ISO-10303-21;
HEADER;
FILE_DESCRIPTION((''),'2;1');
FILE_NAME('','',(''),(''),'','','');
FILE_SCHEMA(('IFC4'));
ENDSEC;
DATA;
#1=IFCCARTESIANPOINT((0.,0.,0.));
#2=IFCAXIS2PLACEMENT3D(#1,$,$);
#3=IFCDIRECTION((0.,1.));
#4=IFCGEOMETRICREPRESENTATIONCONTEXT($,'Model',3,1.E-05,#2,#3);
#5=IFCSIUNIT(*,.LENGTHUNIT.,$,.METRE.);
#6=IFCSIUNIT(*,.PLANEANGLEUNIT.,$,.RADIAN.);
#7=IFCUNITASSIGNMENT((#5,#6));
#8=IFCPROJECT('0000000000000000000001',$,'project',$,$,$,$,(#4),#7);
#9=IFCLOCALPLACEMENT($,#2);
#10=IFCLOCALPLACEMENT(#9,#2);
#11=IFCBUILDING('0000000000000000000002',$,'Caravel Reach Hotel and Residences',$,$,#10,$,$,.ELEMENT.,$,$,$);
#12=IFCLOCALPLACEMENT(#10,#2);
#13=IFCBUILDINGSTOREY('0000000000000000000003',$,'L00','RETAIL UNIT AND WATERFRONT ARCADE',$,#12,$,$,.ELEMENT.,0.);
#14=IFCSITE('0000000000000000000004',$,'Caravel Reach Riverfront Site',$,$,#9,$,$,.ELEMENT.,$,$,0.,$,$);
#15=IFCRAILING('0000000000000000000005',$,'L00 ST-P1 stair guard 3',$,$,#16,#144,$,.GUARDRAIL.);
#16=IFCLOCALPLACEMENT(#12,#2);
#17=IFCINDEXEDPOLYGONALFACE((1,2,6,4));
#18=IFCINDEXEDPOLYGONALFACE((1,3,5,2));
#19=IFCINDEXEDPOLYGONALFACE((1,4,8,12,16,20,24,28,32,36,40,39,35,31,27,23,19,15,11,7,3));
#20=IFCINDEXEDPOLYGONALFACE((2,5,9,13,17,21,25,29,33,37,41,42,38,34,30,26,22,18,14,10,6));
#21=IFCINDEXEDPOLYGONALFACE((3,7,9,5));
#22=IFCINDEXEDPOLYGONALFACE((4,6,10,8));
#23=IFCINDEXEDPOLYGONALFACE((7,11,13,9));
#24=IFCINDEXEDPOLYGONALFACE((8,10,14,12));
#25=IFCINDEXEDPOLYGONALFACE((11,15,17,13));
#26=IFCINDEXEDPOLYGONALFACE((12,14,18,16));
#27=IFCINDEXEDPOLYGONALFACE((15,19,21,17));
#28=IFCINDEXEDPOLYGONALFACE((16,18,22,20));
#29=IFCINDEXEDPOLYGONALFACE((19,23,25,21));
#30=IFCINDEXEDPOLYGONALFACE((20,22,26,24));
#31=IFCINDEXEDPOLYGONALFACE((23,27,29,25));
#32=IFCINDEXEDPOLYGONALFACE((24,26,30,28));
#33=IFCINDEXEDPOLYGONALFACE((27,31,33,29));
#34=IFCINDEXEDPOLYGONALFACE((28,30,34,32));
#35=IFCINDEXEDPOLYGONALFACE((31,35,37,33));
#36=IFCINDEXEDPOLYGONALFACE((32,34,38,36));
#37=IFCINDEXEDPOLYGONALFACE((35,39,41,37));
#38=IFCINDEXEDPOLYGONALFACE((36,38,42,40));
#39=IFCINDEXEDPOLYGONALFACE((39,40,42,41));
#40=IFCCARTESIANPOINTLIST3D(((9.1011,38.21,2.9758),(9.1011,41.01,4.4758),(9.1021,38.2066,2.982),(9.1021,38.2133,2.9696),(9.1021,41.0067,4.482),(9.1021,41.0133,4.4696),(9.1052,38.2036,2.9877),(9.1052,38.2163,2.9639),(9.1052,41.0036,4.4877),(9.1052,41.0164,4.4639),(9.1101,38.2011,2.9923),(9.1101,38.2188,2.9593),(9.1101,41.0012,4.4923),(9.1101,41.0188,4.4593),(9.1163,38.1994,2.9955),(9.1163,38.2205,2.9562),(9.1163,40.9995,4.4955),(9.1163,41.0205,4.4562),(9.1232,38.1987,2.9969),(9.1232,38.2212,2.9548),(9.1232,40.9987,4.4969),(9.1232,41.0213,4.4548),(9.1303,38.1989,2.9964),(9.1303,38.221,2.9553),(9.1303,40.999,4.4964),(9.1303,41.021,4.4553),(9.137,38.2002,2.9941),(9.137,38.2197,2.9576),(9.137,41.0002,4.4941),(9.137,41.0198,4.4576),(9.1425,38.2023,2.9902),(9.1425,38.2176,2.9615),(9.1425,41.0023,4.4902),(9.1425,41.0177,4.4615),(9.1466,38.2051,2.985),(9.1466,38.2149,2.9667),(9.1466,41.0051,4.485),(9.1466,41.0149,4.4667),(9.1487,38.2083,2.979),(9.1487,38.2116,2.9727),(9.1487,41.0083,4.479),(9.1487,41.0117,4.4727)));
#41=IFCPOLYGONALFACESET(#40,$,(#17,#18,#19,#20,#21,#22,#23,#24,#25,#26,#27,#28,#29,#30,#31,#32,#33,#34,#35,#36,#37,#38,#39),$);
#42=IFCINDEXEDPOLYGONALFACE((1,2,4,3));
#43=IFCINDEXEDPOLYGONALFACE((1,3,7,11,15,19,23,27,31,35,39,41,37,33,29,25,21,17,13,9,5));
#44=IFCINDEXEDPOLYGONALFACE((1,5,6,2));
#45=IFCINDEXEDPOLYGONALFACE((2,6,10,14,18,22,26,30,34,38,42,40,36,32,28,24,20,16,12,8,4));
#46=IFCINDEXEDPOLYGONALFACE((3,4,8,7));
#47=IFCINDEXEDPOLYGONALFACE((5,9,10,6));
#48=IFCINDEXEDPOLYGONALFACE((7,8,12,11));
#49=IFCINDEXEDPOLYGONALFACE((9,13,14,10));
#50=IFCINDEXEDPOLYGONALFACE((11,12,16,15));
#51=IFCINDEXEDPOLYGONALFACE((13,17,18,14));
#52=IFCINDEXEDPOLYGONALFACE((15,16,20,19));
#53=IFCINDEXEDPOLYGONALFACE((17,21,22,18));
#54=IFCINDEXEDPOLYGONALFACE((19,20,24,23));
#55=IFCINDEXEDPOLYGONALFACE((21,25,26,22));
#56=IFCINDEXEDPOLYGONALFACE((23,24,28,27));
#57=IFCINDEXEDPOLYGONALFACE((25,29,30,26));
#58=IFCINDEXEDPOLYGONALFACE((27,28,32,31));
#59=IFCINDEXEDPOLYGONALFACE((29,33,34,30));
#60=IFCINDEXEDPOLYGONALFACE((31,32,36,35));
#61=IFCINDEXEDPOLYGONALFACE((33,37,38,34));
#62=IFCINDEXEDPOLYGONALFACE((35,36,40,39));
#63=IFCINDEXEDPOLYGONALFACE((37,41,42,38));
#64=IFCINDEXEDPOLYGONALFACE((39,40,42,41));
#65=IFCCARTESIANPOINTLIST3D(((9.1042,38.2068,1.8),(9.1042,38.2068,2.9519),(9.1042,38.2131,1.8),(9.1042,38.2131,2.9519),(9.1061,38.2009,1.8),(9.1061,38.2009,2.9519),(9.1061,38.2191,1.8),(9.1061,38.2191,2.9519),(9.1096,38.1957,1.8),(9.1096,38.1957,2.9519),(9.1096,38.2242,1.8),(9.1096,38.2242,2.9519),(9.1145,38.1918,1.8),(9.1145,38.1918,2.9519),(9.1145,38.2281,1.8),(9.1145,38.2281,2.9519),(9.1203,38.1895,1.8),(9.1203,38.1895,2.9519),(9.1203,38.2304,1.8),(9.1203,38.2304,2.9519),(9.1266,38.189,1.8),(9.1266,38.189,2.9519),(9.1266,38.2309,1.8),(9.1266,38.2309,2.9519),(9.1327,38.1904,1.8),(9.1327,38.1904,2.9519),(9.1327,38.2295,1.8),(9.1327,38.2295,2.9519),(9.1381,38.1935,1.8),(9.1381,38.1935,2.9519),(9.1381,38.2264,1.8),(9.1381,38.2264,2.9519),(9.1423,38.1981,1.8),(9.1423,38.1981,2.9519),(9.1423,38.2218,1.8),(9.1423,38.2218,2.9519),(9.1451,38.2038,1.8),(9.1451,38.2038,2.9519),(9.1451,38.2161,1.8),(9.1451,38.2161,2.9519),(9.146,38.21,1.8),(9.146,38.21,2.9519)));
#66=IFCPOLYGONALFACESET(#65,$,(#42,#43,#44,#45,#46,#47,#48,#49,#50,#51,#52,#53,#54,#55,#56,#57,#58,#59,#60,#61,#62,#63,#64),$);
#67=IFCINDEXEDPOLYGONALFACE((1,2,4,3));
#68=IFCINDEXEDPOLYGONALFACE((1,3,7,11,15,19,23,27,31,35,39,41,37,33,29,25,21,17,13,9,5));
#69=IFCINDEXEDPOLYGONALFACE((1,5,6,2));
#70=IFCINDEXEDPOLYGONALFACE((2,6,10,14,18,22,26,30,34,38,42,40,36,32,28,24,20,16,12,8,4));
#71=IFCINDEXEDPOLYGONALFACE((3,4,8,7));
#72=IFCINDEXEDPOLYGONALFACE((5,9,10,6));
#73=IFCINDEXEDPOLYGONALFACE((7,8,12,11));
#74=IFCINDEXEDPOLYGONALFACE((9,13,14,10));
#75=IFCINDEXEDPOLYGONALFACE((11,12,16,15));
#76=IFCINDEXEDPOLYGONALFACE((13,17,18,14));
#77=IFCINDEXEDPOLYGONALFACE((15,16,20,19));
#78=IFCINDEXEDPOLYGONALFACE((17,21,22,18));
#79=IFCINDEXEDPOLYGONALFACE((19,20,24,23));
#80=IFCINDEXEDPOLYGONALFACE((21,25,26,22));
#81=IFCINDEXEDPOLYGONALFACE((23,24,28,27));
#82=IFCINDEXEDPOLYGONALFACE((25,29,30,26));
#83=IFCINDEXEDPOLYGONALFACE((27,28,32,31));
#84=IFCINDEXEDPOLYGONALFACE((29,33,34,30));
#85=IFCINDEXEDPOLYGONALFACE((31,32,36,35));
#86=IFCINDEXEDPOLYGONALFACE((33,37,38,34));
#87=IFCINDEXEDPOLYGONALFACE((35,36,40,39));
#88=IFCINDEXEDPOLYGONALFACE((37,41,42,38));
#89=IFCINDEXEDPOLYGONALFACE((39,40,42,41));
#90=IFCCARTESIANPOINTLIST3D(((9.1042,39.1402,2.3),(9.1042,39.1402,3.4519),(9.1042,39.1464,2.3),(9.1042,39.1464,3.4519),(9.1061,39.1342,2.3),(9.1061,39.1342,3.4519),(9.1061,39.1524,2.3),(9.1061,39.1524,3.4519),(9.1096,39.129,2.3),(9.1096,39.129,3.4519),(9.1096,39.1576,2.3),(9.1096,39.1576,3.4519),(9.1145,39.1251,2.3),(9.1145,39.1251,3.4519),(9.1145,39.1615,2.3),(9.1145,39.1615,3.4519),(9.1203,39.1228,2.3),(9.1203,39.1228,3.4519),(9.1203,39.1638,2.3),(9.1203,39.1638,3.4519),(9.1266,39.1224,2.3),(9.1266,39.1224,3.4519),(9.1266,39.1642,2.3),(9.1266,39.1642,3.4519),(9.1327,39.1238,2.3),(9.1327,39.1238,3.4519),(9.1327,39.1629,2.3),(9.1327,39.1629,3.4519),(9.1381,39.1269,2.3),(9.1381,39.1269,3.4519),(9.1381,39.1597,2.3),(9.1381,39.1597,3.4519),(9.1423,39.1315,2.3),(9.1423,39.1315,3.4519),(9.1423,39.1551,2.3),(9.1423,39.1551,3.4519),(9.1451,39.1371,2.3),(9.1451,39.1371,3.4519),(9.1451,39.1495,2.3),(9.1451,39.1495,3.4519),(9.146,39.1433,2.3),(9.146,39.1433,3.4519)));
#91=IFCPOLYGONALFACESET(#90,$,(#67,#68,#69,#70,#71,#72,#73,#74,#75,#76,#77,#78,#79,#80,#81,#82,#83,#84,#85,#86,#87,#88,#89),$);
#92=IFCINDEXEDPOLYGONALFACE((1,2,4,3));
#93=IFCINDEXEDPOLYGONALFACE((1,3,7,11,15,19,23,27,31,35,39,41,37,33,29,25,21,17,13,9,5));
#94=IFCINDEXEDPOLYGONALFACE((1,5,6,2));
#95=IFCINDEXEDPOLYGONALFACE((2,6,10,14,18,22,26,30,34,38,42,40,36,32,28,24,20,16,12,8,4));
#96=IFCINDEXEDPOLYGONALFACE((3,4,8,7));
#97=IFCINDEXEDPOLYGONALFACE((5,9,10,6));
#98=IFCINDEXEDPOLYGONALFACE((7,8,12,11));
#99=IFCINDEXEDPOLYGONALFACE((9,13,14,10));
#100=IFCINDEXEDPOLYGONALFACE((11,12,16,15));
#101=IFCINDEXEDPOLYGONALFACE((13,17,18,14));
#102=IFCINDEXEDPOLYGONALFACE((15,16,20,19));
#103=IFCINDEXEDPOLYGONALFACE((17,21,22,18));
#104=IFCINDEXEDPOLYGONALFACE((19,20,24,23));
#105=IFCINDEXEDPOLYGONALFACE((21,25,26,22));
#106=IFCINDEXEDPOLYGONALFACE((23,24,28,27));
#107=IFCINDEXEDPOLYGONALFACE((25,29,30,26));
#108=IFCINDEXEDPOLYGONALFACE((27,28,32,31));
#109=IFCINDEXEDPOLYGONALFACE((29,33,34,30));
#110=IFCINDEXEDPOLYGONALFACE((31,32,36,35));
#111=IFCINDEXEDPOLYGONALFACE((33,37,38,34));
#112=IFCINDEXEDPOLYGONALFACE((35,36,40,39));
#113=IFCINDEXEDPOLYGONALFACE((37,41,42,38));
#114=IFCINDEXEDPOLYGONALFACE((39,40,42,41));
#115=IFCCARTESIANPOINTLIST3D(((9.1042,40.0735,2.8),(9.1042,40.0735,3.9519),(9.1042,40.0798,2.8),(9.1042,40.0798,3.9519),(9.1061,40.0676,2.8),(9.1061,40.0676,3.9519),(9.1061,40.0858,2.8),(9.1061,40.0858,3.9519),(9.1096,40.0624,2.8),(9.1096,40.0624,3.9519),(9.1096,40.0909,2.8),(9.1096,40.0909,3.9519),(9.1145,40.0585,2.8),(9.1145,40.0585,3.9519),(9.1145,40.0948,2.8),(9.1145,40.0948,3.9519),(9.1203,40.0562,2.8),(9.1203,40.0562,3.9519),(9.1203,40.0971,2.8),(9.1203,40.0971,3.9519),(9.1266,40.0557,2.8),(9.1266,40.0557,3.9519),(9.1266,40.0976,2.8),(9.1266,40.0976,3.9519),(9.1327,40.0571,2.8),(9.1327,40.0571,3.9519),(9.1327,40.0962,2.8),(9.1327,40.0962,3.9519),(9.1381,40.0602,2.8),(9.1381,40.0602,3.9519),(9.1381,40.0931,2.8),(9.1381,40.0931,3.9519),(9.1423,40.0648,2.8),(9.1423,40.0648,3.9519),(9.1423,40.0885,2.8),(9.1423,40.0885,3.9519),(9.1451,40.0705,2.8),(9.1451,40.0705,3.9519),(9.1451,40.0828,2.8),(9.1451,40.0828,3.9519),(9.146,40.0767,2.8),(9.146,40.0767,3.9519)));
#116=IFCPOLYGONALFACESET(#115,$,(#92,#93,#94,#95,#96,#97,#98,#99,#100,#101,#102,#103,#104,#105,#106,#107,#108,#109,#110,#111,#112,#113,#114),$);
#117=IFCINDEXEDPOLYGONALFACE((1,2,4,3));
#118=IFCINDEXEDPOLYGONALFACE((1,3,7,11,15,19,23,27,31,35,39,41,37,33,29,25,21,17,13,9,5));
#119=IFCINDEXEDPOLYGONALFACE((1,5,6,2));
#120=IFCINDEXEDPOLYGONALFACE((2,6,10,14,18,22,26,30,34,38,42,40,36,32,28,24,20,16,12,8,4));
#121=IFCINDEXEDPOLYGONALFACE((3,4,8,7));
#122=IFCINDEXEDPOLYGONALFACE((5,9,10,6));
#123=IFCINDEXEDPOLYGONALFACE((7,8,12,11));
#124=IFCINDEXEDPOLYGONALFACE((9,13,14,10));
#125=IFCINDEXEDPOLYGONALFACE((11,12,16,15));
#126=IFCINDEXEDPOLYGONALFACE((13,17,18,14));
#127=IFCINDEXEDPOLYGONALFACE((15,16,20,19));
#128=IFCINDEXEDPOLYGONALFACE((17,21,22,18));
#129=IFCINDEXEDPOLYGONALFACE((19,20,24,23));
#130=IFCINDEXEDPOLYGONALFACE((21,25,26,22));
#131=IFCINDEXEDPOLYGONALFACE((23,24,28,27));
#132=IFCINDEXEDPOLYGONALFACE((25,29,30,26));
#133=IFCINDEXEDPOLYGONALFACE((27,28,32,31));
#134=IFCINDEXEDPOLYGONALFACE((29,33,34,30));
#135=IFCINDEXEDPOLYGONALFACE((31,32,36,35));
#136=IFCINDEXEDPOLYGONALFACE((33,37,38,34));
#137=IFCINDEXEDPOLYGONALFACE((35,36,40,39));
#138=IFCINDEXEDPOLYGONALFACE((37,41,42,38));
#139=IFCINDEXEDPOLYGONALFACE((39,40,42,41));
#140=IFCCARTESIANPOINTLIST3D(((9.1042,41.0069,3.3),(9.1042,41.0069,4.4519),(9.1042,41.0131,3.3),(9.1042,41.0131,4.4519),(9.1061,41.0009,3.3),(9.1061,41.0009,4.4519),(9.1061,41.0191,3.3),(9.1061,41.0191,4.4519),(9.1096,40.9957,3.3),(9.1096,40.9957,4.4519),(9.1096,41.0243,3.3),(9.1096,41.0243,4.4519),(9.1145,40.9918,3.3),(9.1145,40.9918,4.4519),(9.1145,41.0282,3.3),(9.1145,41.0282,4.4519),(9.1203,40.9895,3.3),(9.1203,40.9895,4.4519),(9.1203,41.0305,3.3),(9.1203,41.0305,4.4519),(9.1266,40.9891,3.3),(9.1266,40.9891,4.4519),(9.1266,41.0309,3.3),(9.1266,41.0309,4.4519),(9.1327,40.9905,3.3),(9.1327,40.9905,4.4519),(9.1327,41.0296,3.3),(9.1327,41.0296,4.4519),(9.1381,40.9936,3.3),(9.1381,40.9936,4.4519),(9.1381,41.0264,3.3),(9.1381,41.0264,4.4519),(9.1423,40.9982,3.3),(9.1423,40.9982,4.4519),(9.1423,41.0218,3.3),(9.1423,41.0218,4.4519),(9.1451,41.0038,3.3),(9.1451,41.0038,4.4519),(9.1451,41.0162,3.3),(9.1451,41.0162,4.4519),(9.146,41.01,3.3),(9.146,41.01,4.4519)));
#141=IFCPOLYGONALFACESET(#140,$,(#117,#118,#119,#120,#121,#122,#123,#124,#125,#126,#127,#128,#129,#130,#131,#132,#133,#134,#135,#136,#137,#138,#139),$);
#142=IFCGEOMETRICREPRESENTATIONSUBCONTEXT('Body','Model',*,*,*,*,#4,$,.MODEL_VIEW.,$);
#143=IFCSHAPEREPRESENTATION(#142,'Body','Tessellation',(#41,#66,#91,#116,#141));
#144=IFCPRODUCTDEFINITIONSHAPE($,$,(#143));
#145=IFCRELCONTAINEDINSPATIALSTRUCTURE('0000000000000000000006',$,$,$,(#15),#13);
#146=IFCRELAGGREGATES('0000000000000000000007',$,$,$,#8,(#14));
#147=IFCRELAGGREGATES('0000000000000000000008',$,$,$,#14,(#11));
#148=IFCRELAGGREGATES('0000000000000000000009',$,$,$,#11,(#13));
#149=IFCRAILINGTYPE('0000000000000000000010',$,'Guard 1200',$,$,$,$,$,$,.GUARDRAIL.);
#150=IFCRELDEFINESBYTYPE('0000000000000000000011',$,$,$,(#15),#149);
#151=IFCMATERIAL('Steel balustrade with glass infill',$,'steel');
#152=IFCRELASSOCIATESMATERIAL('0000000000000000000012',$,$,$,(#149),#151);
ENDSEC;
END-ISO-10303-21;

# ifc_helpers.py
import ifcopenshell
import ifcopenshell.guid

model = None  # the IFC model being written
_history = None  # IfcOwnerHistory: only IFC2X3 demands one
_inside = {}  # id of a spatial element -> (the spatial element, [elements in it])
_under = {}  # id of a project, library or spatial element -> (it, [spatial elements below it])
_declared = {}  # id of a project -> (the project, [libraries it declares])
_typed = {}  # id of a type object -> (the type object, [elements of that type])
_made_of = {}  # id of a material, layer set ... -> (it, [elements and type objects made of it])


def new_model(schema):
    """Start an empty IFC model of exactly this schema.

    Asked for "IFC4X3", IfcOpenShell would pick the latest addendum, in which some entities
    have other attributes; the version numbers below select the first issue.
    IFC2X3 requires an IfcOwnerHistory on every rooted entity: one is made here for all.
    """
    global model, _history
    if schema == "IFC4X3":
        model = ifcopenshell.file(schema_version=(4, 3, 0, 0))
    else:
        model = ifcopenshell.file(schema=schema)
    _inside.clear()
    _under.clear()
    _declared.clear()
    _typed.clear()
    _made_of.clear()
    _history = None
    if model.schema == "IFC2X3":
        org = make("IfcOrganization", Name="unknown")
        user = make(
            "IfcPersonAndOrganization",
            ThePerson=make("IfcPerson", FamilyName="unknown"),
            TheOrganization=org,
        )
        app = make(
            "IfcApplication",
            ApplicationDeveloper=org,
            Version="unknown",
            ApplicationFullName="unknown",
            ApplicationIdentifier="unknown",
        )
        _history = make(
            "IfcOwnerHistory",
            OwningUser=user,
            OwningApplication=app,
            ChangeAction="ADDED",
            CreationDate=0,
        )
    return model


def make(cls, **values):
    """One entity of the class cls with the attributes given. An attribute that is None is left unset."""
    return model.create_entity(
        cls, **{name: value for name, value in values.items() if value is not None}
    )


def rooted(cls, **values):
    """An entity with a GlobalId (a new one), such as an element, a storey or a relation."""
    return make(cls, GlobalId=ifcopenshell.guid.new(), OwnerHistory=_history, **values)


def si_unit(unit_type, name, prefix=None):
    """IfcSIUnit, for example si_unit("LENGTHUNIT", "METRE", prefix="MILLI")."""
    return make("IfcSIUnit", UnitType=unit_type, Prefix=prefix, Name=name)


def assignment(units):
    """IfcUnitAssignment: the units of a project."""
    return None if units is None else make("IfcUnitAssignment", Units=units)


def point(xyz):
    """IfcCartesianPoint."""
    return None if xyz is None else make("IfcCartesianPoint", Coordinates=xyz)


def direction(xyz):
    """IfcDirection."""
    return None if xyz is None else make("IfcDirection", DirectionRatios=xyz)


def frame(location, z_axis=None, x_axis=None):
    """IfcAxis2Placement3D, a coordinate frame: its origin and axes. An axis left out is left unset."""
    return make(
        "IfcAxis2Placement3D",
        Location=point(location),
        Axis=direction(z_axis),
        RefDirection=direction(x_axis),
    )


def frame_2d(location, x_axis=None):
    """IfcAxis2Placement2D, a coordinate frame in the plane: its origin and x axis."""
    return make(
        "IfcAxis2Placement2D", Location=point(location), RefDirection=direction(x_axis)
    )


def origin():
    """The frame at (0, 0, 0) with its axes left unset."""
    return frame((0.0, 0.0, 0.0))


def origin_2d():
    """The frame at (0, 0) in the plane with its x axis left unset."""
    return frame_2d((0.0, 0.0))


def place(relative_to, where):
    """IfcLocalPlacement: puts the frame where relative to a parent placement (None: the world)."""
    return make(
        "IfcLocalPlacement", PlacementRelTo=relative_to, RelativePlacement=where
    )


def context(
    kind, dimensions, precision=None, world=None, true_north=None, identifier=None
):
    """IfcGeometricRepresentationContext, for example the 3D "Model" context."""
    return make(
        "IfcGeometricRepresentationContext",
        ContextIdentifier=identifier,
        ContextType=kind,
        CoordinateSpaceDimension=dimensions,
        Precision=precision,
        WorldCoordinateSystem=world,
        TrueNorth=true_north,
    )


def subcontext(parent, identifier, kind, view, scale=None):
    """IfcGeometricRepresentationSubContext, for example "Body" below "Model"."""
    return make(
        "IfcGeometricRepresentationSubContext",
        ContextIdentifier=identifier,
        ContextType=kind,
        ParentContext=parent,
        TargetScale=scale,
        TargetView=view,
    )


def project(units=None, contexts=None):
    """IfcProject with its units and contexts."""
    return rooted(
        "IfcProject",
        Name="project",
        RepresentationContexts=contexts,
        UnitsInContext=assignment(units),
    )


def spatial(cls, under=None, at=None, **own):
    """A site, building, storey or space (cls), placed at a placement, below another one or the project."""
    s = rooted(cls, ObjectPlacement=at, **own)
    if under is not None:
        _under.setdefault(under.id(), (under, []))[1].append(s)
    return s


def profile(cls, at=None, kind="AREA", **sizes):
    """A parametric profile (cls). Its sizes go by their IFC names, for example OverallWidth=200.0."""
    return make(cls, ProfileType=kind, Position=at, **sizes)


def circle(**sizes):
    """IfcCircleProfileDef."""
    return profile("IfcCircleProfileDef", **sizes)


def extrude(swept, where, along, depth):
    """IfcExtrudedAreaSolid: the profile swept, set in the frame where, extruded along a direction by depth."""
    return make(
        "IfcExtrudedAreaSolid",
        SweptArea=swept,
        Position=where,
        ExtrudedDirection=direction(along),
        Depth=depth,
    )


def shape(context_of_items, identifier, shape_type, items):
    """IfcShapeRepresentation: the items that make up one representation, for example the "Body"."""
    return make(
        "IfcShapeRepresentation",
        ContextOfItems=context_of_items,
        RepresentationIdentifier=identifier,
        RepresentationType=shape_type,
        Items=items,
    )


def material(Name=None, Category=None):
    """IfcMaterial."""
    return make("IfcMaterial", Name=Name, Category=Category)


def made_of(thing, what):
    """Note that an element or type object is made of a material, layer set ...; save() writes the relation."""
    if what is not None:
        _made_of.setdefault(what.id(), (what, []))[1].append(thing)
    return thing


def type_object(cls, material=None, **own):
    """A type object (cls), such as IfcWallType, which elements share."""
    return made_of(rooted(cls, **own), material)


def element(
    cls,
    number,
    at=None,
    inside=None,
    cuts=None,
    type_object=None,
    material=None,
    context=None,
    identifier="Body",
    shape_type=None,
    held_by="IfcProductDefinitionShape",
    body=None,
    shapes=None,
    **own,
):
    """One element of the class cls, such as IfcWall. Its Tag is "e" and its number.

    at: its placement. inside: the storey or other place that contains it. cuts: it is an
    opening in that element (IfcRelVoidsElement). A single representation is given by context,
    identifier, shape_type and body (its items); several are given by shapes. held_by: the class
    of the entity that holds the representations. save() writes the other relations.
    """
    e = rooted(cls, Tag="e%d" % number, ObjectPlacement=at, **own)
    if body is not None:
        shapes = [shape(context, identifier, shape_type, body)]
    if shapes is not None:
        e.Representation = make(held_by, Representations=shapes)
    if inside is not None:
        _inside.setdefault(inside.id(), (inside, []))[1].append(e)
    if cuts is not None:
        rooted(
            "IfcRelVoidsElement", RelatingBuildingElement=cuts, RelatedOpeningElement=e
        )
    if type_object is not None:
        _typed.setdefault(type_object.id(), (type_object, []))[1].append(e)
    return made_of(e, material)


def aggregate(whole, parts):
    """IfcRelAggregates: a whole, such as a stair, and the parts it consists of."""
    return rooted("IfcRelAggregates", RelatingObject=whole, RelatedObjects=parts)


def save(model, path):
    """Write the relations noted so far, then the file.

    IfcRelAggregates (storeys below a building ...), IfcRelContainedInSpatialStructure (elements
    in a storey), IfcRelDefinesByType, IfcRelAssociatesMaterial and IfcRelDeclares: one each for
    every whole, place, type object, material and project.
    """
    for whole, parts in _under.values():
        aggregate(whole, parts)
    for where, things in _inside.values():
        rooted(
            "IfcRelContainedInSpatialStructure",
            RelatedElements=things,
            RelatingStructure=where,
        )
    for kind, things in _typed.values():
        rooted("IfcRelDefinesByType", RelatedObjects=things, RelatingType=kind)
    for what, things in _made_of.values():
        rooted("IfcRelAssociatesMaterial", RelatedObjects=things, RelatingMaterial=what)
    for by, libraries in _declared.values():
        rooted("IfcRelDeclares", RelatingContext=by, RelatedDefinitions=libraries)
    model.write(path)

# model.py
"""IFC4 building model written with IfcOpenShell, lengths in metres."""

from ifc_helpers import new_model, si_unit, direction, frame, origin, origin_2d, place, context, subcontext, project, spatial, circle, extrude, material, type_object, element, save


model = new_model("IFC4")

# Units and contexts
model_context = context("Model", 3, precision=1e-05, world=origin(), true_north=direction((0.0, 1.0)))
body_context = subcontext(model_context, "Body", "Model", "MODEL_VIEW")
ifc_project = project(units=[si_unit("LENGTHUNIT", "METRE"), si_unit("PLANEANGLEUNIT", "RADIAN")], contexts=[model_context])

# Site, building, storey
site_placement = place(None, origin())
site = spatial("IfcSite", under=ifc_project, at=site_placement, Name="Caravel Reach Riverfront Site", CompositionType="ELEMENT", RefElevation=0.0)
building_placement = place(site_placement, origin())
building = spatial("IfcBuilding", under=site, at=building_placement, Name="Caravel Reach Hotel and Residences", CompositionType="ELEMENT")
storey_placement = place(building_placement, origin())
storey = spatial("IfcBuildingStorey", under=building, at=storey_placement, Name="L00", Description="RETAIL UNIT AND WATERFRONT ARCADE", CompositionType="ELEMENT", Elevation=0.0)

# Railing
ifc_material_1 = material(Name="Steel balustrade with glass infill", Category="steel")
railing_type_1 = type_object("IfcRailingType", Name="Guard 1200", PredefinedType="GUARDRAIL", material=ifc_material_1)
railing_1_placement = place(storey_placement, frame((9.125, 38.21, 1.8)))
element("IfcRailing", 1, at=railing_1_placement, inside=storey, type_object=railing_type_1, Name="L00 ST-P1 stair guard 3", PredefinedType="GUARDRAIL", context=body_context, shape_type="SweptSolid", body=[
    extrude(circle(Radius=0.0239, at=origin_2d()), frame((0.0, 0.0, 1.1758), z_axis=(0.0, 0.881483, 0.472215), x_axis=(-1.0, 0.0, 0.0)), (0.0, 0.0, 1.0), 3.1765),
    extrude(circle(Radius=0.021, at=origin_2d()), origin(), (0.0, 0.0, 1.0), 1.1519),
    extrude(circle(Radius=0.021, at=origin_2d()), frame((0.0, 0.9333, 0.5)), (0.0, 0.0, 1.0), 1.1519),
    extrude(circle(Radius=0.021, at=origin_2d()), frame((0.0, 1.8667, 1.0)), (0.0, 0.0, 1.0), 1.1519),
    extrude(circle(Radius=0.021, at=origin_2d()), frame((0.0, 2.8, 1.5)), (0.0, 0.0, 1.0), 1.1519),
])

save(model, "model.ifc")
